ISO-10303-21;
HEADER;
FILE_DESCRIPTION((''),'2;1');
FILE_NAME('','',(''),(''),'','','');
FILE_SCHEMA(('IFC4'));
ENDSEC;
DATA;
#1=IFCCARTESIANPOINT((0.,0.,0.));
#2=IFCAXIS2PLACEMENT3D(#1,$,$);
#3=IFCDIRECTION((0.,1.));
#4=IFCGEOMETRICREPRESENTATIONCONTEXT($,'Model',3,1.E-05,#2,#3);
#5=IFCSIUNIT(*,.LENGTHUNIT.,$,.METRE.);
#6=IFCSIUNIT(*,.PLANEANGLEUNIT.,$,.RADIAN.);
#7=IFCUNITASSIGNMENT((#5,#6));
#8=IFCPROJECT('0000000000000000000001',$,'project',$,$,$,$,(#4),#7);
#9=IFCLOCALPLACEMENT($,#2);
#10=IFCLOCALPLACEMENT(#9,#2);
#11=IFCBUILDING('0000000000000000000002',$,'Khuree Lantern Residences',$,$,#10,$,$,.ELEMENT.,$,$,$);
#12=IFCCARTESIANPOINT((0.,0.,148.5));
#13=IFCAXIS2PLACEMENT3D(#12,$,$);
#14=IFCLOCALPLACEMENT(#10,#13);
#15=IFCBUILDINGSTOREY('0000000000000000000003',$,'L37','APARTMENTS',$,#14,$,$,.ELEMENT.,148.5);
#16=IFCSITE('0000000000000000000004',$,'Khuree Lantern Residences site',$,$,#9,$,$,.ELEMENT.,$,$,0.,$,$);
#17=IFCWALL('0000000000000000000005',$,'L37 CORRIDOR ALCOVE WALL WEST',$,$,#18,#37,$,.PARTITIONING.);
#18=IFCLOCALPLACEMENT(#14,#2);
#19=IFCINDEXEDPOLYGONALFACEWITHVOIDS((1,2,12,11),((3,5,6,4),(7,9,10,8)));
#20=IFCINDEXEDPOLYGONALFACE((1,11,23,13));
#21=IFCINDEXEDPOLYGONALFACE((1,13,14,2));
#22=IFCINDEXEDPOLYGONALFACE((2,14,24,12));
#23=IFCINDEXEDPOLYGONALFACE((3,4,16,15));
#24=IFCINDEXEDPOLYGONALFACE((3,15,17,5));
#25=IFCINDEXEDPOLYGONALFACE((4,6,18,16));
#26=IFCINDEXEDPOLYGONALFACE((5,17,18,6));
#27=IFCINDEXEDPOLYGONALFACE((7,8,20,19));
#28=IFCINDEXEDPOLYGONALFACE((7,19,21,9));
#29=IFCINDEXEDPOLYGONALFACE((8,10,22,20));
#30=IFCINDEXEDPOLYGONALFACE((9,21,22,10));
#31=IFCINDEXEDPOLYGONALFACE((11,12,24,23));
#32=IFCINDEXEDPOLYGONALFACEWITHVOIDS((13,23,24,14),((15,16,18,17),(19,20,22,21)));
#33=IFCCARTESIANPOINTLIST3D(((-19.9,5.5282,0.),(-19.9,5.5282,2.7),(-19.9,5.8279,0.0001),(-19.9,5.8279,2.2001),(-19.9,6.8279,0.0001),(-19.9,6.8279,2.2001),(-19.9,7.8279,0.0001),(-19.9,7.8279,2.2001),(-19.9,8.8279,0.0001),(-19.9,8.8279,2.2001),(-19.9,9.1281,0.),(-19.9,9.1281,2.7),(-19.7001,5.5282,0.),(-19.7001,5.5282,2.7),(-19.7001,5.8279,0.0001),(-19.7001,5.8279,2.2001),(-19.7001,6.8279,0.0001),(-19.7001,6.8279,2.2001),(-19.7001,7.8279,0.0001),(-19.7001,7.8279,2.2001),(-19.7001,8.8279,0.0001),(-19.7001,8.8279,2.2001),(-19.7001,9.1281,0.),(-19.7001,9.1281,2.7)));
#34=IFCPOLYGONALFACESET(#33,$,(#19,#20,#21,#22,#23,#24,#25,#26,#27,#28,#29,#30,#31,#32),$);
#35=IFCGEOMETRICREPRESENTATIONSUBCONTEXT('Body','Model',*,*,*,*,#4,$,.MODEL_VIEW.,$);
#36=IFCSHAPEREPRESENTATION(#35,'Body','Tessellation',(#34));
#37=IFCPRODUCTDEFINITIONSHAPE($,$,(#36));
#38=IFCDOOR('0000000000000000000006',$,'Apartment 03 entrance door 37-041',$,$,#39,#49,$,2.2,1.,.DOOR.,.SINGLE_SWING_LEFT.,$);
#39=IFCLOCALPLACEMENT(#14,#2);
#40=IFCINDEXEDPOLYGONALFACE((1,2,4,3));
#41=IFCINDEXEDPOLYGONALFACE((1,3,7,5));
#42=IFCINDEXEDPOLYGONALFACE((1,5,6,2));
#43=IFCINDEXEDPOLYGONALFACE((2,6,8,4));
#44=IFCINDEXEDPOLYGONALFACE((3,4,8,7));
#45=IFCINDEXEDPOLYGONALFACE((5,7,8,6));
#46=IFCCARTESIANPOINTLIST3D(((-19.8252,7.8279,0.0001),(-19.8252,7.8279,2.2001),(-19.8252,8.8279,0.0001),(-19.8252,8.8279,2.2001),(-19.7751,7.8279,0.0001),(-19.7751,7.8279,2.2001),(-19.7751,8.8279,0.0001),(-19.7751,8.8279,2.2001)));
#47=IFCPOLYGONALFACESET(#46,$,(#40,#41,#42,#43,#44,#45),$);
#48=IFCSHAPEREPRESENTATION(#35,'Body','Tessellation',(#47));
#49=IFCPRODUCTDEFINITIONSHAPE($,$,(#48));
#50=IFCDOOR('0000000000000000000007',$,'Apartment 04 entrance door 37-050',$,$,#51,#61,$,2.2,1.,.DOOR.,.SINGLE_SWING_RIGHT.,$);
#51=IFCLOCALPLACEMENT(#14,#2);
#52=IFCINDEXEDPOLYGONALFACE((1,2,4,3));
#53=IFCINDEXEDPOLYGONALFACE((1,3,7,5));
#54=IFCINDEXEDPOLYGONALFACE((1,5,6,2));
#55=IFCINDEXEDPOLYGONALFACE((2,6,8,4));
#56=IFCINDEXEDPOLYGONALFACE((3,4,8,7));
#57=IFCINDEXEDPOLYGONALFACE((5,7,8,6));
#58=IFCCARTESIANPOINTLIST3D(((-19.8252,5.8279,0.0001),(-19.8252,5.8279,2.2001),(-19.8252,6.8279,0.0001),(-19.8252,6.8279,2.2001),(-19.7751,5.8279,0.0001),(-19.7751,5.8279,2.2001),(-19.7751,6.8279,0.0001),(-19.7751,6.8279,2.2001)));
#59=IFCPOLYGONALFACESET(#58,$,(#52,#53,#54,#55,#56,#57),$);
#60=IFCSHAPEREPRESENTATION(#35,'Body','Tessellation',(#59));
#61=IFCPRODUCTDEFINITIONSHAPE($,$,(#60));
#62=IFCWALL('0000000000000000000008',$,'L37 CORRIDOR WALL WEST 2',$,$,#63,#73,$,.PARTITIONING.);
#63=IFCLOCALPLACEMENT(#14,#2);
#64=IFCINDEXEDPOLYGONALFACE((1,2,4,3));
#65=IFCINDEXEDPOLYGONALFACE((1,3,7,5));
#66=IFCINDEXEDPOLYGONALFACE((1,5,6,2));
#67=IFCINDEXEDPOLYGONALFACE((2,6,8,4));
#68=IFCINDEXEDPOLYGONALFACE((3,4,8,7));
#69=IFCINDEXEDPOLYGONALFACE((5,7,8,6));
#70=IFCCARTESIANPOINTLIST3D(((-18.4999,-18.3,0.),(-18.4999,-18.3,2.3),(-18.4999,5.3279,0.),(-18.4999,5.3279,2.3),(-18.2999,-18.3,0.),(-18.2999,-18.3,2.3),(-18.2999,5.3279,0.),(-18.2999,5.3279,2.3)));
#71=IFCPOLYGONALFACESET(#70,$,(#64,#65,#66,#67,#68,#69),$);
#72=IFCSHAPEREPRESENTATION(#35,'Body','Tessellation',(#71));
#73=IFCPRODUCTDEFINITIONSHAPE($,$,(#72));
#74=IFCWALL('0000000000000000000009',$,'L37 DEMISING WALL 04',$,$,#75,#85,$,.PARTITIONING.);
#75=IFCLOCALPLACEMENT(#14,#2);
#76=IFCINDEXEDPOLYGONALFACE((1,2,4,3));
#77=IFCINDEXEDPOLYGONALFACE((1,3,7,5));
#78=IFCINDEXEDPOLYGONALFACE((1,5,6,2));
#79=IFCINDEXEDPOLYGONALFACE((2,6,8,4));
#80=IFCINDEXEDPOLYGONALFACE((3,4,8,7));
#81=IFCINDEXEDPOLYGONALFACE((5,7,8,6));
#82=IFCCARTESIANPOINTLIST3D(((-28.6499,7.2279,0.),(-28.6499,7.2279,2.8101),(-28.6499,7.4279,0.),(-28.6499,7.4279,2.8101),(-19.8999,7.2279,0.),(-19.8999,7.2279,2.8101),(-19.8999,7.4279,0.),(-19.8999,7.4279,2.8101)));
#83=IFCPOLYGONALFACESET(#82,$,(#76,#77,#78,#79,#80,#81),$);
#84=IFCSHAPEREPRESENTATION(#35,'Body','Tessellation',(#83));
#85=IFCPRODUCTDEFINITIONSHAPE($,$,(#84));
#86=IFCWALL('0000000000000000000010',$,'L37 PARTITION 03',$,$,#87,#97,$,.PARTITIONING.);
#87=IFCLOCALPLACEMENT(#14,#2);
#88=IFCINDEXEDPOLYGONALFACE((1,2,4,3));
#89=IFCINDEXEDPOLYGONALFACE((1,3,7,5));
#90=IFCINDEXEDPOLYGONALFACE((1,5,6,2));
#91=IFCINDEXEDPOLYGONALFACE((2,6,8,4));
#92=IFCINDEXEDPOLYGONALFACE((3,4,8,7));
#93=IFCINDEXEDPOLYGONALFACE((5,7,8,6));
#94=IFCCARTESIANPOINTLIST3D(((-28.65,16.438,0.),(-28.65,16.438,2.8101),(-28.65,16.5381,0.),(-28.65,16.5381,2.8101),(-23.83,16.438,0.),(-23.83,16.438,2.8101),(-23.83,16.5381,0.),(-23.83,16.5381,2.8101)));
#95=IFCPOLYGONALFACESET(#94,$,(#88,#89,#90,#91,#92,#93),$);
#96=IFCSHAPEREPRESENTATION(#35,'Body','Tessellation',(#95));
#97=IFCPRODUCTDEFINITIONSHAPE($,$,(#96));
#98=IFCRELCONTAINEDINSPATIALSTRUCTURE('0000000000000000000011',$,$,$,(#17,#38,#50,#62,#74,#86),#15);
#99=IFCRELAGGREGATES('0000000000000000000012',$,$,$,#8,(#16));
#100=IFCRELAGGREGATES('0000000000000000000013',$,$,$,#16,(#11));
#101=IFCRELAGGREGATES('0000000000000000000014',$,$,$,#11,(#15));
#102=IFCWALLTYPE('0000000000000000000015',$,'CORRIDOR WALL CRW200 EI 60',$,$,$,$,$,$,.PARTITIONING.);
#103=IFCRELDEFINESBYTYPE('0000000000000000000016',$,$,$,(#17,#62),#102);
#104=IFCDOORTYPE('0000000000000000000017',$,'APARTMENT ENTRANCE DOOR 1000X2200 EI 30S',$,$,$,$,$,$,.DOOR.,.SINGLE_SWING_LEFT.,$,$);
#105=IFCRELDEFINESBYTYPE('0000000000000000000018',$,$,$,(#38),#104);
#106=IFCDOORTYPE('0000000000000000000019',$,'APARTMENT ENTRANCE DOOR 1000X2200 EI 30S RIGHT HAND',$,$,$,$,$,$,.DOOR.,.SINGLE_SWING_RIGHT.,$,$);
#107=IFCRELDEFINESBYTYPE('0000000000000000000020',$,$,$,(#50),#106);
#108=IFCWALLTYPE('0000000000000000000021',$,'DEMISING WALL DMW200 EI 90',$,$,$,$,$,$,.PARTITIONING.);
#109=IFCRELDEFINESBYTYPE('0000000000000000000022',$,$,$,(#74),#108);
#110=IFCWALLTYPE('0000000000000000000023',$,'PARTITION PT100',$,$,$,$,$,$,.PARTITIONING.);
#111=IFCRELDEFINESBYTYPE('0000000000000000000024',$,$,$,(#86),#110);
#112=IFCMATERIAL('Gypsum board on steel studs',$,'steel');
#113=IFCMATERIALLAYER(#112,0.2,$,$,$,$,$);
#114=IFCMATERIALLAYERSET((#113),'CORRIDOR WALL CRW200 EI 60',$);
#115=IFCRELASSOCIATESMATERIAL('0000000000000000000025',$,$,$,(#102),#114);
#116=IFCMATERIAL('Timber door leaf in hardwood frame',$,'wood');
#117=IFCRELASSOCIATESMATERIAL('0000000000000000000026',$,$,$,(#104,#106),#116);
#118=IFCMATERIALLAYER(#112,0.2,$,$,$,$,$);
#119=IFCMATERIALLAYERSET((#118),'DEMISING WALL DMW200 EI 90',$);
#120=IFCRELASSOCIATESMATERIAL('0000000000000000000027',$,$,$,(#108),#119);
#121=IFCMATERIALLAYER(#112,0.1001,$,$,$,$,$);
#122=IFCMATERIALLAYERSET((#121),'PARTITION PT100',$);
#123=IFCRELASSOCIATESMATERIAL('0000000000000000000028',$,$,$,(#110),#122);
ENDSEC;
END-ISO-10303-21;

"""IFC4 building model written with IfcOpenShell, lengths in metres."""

from ifc_helpers import new_model, si_unit, direction, frame, frame_2d, origin, place, context, subcontext, project, spatial, rectangle, extrude, material, layer, layer_set, type_object, element, fill, save


model = new_model("IFC4")

# Units and contexts
model_context = context("Model", 3, precision=1e-05, world=origin(), true_north=direction((0.0, 1.0)))
body_context = subcontext(model_context, "Body", "Model", "MODEL_VIEW")
ifc_project = project(units=[si_unit("LENGTHUNIT", "METRE"), si_unit("PLANEANGLEUNIT", "RADIAN")], contexts=[model_context])

# Site, building, storey
site_placement = place(None, origin())
site = spatial("IfcSite", under=ifc_project, at=site_placement, Name="Khuree Lantern Residences site", CompositionType="ELEMENT", RefElevation=0.0)
building_placement = place(site_placement, origin())
building = spatial("IfcBuilding", under=site, at=building_placement, Name="Khuree Lantern Residences", CompositionType="ELEMENT")
storey_placement = place(building_placement, frame((0.0, 0.0, 148.5)))
storey = spatial("IfcBuildingStorey", under=building, at=storey_placement, Name="L37", Description="APARTMENTS", CompositionType="ELEMENT", Elevation=148.5)

# Shared definitions
ifc_material_1 = material(Name="Timber door leaf in hardwood frame", Category="wood")

# Shared definitions
ifc_material_2 = material(Name="Gypsum board on steel studs", Category="steel")
ifc_layer_1 = layer(ifc_material_2, 0.2)
ifc_layer_set_1 = layer_set([ifc_layer_1], Name="CORRIDOR WALL CRW200 EI 60")
wall_type_1 = type_object("IfcWallType", Name="CORRIDOR WALL CRW200 EI 60", PredefinedType="PARTITIONING", material=ifc_layer_set_1)

# Wall, openings, doors
wall_1_placement = place(storey_placement, frame((-19.8, 9.1279, 0.0), z_axis=(0.0, 0.0, 1.0), x_axis=(0.0, -1.0, 0.0)))
wall_1 = element("IfcWall", 1, at=wall_1_placement, inside=storey, type_object=wall_type_1, Name="L37 CORRIDOR ALCOVE WALL WEST", PredefinedType="PARTITIONING", context=body_context, shape_type="SweptSolid", body=[
    extrude(rectangle(XDim=3.5999, YDim=0.2, at=frame_2d((1.7998, 0.0))), origin(), (0.0, 0.0, 1.0), 2.7),
])
opening_1_placement = place(wall_1_placement, frame((0.3, 0.0, 0.0)))
opening_1 = element("IfcOpeningElement", 2, at=opening_1_placement, cuts=wall_1, PredefinedType="OPENING", context=body_context, shape_type="SweptSolid", body=[
    extrude(rectangle(XDim=1.0, YDim=2.2, at=frame_2d((0.5, 1.1001))), frame((0.0, 0.1099, 0.0), z_axis=(0.0, -1.0, 0.0), x_axis=(1.0, 0.0, 0.0)), (0.0, 0.0, 1.0), 0.22),
])
opening_2_placement = place(wall_1_placement, frame((2.3, 0.0, 0.0)))
opening_2 = element("IfcOpeningElement", 3, at=opening_2_placement, cuts=wall_1, PredefinedType="OPENING", context=body_context, shape_type="SweptSolid", body=[
    extrude(rectangle(XDim=1.0, YDim=2.2, at=frame_2d((0.5, 1.1001))), frame((0.0, 0.1099, 0.0), z_axis=(0.0, -1.0, 0.0), x_axis=(1.0, 0.0, 0.0)), (0.0, 0.0, 1.0), 0.22),
])
door_type_1 = type_object("IfcDoorType", Name="APARTMENT ENTRANCE DOOR 1000X2200 EI 30S", OperationType="SINGLE_SWING_LEFT", PredefinedType="DOOR", material=ifc_material_1)
door_1_placement = place(opening_1_placement, origin())
door_1 = element("IfcDoor", 4, at=door_1_placement, inside=storey, type_object=door_type_1, Name="Apartment 03 entrance door 37-041", OperationType="SINGLE_SWING_LEFT", OverallHeight=2.2, OverallWidth=1.0, PredefinedType="DOOR", context=body_context, shape_type="SweptSolid", body=[
    extrude(rectangle(XDim=1.0, YDim=2.2, at=frame_2d((0.5, 1.1001))), frame((0.0, 0.0249, 0.0), z_axis=(0.0, -1.0, 0.0), x_axis=(1.0, 0.0, 0.0)), (0.0, 0.0, 1.0), 0.05),
])
fill(opening_1, door_1)
door_type_2 = type_object("IfcDoorType", Name="APARTMENT ENTRANCE DOOR 1000X2200 EI 30S RIGHT HAND", OperationType="SINGLE_SWING_RIGHT", PredefinedType="DOOR", material=ifc_material_1)
door_2_placement = place(opening_2_placement, origin())
door_2 = element("IfcDoor", 5, at=door_2_placement, inside=storey, type_object=door_type_2, Name="Apartment 04 entrance door 37-050", OperationType="SINGLE_SWING_RIGHT", OverallHeight=2.2, OverallWidth=1.0, PredefinedType="DOOR", context=body_context, shape_type="SweptSolid", body=[
    extrude(rectangle(XDim=1.0, YDim=2.2, at=frame_2d((0.5, 1.1001))), frame((0.0, 0.0249, 0.0), z_axis=(0.0, -1.0, 0.0), x_axis=(1.0, 0.0, 0.0)), (0.0, 0.0, 1.0), 0.05),
])
fill(opening_2, door_2)

# Walls
wall_2_placement = place(storey_placement, frame((-18.3999, 5.3279, 0.0), z_axis=(0.0, 0.0, 1.0), x_axis=(0.0, -1.0, 0.0)))
element("IfcWall", 6, at=wall_2_placement, inside=storey, type_object=wall_type_1, Name="L37 CORRIDOR WALL WEST 2", PredefinedType="PARTITIONING", context=body_context, shape_type="SweptSolid", body=[
    extrude(rectangle(XDim=23.6279, YDim=0.2, at=frame_2d((11.814, 0.0))), origin(), (0.0, 0.0, 1.0), 2.3),
])
ifc_layer_2 = layer(ifc_material_2, 0.2)
ifc_layer_set_2 = layer_set([ifc_layer_2], Name="DEMISING WALL DMW200 EI 90")
wall_type_2 = type_object("IfcWallType", Name="DEMISING WALL DMW200 EI 90", PredefinedType="PARTITIONING", material=ifc_layer_set_2)
wall_3_placement = place(storey_placement, frame((-19.8999, 7.3279, 0.0), z_axis=(0.0, 0.0, 1.0), x_axis=(-1.0, 0.0, 0.0)))
element("IfcWall", 7, at=wall_3_placement, inside=storey, type_object=wall_type_2, Name="L37 DEMISING WALL 04", PredefinedType="PARTITIONING", context=body_context, shape_type="SweptSolid", body=[
    extrude(rectangle(XDim=8.75, YDim=0.2, at=frame_2d((4.375, 0.0))), origin(), (0.0, 0.0, 1.0), 2.8101),
])
ifc_layer_3 = layer(ifc_material_2, 0.1001)
ifc_layer_set_3 = layer_set([ifc_layer_3], Name="PARTITION PT100")
wall_type_3 = type_object("IfcWallType", Name="PARTITION PT100", PredefinedType="PARTITIONING", material=ifc_layer_set_3)
wall_4_placement = place(storey_placement, frame((-23.8298, 16.488, 0.0), z_axis=(0.0, 0.0, 1.0), x_axis=(-1.0, 0.0, 0.0)))
element("IfcWall", 8, at=wall_4_placement, inside=storey, type_object=wall_type_3, Name="L37 PARTITION 03", PredefinedType="PARTITIONING", context=body_context, shape_type="SweptSolid", body=[
    extrude(rectangle(XDim=4.8201, YDim=0.1001, at=frame_2d((2.4102, 0.0))), origin(), (0.0, 0.0, 1.0), 2.8101),
])

save(model, "model.ifc")
